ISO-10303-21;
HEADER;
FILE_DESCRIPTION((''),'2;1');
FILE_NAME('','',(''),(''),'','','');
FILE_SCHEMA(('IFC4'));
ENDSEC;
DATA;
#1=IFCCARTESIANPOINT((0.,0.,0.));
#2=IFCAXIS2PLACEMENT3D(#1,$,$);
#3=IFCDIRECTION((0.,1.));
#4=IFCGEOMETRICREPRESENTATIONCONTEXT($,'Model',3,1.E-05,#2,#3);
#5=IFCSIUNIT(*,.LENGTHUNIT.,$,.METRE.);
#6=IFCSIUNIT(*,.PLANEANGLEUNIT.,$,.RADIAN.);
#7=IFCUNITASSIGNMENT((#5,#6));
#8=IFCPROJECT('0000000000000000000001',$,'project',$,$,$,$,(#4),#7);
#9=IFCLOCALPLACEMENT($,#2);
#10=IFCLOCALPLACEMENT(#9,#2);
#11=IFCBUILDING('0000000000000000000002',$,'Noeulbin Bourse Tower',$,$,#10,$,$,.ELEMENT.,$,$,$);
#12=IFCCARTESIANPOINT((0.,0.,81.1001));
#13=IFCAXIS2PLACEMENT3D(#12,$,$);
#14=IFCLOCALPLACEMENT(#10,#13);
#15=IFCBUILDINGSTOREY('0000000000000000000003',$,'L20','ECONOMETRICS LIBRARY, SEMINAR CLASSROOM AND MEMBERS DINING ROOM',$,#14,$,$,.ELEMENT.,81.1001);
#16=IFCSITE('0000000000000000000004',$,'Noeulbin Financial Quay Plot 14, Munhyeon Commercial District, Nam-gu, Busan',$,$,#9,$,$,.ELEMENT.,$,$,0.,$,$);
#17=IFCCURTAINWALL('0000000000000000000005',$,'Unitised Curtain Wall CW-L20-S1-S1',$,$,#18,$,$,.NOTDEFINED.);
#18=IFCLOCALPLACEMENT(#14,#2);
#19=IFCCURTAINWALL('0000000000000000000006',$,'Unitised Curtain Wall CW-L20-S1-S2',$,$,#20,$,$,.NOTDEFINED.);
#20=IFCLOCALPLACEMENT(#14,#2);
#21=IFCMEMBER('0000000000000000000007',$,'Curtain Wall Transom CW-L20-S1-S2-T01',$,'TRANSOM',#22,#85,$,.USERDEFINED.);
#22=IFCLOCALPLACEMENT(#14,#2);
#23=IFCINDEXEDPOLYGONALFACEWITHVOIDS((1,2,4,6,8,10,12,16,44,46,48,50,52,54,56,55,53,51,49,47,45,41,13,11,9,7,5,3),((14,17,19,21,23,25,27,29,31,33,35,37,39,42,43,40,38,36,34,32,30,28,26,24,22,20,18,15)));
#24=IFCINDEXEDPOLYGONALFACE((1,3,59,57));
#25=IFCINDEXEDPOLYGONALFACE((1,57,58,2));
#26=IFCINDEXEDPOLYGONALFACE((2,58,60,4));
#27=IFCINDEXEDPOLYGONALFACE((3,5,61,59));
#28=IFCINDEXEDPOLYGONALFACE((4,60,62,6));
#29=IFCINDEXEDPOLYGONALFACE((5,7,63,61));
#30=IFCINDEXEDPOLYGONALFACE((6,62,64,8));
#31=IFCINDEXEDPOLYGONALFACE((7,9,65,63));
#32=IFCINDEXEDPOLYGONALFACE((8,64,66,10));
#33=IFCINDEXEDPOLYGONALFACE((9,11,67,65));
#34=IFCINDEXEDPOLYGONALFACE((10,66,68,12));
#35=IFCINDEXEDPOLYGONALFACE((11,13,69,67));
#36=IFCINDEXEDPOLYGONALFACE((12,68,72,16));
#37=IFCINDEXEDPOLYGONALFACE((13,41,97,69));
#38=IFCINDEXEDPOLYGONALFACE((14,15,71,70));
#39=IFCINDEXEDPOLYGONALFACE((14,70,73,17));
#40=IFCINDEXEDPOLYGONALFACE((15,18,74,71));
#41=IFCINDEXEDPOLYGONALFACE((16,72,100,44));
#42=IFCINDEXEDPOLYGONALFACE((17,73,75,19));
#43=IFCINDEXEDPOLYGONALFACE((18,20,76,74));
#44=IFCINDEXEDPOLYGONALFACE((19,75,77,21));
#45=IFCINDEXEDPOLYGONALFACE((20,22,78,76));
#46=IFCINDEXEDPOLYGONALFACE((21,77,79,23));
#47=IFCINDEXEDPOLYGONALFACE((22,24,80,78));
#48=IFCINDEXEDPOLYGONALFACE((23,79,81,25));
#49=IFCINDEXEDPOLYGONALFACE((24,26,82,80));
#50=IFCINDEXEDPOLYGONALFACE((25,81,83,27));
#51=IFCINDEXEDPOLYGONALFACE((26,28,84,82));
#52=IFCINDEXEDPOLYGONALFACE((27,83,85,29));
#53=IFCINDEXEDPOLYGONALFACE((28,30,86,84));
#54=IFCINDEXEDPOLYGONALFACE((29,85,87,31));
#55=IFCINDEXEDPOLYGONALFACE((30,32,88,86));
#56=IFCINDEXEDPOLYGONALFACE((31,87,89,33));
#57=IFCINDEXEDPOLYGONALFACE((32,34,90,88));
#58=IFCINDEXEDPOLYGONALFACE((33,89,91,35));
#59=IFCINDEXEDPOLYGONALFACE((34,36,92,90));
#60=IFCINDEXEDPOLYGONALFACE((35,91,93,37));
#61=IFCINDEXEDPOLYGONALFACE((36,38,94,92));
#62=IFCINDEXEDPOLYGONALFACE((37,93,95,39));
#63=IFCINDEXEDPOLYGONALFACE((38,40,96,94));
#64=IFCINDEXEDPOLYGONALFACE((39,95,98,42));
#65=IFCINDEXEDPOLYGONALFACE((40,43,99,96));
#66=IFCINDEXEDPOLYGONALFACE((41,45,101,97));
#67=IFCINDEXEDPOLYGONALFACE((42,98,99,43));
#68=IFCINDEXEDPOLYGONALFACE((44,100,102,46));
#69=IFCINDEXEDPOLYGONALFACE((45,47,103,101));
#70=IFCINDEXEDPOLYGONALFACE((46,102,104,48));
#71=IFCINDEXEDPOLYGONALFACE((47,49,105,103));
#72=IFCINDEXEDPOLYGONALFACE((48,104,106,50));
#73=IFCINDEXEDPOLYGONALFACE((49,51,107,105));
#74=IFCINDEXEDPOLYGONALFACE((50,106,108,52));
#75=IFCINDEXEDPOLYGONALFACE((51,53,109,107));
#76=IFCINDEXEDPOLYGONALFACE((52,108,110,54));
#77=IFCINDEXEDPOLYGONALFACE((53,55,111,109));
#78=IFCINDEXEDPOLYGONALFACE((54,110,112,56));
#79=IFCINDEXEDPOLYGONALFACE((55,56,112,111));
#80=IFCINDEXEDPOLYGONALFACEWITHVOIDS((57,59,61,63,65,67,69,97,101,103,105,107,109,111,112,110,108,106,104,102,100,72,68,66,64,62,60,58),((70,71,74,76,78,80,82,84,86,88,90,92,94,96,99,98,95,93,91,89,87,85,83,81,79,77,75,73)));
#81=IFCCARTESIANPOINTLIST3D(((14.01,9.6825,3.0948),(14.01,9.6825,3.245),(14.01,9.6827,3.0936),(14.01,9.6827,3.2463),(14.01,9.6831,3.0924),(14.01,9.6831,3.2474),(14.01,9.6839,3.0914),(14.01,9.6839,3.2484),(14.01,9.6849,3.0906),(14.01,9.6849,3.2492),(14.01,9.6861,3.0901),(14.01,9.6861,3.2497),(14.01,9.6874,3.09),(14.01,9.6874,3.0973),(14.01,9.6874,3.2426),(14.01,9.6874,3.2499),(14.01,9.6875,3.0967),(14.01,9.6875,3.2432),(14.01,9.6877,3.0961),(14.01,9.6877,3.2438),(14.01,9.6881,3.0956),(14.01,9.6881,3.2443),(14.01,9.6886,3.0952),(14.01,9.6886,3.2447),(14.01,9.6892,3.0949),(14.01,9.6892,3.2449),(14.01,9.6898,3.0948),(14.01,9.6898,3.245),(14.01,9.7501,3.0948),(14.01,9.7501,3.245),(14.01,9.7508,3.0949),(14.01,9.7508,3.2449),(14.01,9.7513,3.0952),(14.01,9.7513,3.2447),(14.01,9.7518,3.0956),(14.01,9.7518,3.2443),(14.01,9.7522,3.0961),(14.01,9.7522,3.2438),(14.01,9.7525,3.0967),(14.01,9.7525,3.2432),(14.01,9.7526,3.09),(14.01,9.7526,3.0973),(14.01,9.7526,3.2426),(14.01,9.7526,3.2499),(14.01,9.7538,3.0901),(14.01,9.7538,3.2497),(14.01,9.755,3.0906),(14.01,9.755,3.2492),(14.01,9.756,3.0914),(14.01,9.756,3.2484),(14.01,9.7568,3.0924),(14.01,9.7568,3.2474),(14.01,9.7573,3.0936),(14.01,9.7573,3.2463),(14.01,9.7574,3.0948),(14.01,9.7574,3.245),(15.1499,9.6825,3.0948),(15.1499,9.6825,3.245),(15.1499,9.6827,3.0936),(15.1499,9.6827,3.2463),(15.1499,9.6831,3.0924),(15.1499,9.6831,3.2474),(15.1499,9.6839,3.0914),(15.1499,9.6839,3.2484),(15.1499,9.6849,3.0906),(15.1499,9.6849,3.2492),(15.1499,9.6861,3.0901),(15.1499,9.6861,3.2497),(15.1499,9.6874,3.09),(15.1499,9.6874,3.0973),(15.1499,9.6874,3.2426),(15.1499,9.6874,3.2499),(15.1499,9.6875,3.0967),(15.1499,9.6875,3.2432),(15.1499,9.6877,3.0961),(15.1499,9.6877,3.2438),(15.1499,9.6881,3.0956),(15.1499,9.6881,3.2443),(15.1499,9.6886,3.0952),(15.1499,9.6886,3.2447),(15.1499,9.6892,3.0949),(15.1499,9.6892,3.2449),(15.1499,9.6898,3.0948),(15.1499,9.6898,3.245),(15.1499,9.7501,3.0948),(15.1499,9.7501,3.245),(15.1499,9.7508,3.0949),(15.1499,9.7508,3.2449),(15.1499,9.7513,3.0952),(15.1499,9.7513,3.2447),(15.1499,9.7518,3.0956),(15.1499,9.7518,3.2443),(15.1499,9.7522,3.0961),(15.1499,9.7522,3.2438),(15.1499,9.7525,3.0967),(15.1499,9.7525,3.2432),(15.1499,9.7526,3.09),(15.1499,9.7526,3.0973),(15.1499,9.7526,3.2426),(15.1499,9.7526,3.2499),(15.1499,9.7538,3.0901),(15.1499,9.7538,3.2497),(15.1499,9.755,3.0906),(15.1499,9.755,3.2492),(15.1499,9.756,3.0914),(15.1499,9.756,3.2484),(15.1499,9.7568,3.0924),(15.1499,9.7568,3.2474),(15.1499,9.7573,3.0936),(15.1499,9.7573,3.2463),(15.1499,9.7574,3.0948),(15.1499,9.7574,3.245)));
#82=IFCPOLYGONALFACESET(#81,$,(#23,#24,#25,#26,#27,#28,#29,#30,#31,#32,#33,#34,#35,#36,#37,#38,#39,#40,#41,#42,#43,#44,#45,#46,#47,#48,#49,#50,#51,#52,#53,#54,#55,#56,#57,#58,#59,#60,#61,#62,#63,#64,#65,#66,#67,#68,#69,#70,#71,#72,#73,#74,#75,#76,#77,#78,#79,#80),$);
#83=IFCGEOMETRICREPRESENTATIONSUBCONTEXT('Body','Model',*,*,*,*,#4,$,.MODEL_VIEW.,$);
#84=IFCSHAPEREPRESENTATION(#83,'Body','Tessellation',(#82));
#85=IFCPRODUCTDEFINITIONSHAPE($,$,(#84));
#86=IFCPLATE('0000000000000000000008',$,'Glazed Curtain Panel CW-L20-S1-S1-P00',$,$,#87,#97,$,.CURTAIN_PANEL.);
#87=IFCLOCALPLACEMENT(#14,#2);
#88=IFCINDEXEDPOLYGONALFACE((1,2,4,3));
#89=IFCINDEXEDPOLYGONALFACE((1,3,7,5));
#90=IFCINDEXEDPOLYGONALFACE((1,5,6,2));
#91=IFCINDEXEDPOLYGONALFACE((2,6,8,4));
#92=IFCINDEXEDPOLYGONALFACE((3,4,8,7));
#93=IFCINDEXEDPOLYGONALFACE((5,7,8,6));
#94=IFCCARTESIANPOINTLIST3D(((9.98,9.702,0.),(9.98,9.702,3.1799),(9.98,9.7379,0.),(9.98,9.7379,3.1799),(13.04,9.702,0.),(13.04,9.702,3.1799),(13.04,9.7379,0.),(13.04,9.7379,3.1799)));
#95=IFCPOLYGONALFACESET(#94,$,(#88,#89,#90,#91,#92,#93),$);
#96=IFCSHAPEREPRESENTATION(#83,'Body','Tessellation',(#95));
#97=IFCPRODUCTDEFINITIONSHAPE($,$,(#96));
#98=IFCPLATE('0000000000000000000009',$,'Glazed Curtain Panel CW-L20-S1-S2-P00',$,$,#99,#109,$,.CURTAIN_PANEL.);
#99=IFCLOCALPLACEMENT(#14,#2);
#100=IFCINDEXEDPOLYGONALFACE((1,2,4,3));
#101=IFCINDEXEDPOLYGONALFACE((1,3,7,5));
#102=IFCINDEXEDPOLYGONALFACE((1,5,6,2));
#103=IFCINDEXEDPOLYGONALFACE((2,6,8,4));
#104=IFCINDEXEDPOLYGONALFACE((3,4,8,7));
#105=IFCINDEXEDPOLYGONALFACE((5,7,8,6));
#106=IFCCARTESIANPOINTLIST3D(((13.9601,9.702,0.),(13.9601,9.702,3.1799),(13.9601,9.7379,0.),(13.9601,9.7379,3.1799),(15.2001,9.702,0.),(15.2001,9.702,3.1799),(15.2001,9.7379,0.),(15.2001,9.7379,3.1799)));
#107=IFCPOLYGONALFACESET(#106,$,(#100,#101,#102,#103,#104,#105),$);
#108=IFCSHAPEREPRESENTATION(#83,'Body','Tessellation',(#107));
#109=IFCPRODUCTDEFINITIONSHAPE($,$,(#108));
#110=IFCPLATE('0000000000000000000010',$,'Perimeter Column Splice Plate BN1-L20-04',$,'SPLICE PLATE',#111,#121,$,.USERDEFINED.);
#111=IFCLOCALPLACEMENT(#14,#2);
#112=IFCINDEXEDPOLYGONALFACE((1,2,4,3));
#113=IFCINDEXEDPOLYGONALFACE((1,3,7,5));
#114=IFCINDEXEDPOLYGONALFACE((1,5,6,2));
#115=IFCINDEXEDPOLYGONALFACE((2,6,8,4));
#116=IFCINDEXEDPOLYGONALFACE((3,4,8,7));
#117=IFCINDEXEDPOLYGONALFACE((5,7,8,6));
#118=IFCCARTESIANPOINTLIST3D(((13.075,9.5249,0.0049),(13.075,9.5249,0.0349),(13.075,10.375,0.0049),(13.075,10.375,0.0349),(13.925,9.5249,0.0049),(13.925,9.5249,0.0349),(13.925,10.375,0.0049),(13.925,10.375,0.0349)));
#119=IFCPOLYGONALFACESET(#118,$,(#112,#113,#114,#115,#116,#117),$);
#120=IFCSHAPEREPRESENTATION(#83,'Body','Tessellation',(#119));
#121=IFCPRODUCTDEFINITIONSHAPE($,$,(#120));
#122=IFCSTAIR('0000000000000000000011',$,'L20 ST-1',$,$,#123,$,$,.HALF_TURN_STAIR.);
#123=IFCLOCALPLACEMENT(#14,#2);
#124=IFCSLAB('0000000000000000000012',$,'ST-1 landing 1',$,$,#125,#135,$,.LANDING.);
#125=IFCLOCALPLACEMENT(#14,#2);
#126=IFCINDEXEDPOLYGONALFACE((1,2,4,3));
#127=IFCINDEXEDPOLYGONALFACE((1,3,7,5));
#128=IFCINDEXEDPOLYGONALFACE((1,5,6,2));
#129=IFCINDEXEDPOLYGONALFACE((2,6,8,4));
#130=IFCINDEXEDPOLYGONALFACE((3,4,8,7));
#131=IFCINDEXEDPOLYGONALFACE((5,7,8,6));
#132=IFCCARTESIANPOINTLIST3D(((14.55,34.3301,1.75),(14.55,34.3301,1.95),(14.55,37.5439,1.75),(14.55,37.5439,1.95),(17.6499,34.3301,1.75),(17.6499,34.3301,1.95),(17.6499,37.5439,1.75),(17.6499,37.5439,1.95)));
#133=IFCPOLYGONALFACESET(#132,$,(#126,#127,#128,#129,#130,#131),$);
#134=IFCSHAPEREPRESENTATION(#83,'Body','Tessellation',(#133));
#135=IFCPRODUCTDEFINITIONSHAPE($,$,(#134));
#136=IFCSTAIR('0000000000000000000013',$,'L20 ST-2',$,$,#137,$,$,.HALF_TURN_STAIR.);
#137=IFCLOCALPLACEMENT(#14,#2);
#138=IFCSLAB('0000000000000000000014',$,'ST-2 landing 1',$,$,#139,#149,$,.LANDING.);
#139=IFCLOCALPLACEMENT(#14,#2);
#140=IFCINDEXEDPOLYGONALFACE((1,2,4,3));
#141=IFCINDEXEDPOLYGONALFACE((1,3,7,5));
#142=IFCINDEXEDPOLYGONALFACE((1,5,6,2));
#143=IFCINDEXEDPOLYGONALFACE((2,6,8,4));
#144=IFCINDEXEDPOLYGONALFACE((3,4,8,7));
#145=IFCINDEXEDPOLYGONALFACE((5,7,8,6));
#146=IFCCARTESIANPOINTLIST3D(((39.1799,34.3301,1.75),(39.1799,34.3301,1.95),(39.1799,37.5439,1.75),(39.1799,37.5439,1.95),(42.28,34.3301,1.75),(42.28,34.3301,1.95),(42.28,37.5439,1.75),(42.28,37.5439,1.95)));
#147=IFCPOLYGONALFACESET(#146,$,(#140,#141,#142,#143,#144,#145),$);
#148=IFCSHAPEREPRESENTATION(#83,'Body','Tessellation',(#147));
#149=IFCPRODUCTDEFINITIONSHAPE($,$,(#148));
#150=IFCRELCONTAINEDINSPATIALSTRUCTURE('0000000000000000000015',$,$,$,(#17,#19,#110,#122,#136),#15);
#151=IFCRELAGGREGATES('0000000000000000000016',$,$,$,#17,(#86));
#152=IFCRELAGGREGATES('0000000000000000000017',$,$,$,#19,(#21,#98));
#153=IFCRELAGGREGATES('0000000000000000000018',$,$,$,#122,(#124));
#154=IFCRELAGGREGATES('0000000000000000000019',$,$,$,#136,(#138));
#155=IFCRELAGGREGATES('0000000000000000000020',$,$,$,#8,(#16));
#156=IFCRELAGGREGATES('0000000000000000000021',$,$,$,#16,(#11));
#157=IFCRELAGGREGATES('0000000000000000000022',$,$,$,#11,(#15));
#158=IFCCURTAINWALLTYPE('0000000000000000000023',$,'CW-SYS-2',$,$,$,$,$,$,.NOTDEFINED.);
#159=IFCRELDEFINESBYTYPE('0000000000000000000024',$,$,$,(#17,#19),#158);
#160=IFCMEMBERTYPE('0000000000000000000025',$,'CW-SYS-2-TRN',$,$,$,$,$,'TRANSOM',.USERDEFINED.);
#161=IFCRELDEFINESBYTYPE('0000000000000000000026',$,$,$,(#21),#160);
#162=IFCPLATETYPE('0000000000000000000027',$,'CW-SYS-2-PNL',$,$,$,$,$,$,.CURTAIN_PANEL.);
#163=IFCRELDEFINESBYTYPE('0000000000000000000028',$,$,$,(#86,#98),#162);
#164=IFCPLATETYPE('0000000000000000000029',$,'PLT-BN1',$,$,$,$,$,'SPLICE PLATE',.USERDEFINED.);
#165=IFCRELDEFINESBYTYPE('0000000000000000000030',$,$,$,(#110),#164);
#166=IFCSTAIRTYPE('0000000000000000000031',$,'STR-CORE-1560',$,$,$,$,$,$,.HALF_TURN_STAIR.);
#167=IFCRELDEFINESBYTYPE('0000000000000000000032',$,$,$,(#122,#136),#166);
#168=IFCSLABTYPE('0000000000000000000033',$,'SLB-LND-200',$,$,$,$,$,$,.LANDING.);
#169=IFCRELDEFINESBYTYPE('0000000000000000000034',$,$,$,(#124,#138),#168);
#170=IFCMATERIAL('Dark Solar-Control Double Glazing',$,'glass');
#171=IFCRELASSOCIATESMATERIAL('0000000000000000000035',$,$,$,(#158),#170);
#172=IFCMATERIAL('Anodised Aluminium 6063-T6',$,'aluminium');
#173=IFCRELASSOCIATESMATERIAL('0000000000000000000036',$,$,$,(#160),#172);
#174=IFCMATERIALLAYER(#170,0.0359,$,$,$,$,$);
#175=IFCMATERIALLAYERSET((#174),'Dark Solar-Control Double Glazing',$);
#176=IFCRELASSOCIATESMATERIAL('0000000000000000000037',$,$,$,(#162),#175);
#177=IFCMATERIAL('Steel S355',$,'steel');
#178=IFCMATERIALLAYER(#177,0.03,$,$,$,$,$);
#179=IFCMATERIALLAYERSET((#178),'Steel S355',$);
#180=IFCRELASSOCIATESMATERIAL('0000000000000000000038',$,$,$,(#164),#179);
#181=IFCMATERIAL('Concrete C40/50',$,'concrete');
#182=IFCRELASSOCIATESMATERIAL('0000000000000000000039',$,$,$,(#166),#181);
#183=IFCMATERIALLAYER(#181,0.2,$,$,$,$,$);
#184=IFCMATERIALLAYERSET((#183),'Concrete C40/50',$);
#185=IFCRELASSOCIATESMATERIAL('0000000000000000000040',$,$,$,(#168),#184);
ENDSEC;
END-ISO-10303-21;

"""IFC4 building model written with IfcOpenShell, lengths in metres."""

from ifc_helpers import new_model, si_unit, direction, frame, origin, origin_2d, place, context, subcontext, project, spatial, polyline, rectangle, hollow_rectangle, outline, extrude, material, layer, layer_set, material_profile, profile_set, type_object, element, aggregate, save


model = new_model("IFC4")

# Units and contexts
model_context = context("Model", 3, precision=1e-05, world=origin(), true_north=direction((0.0, 1.0)))
body_context = subcontext(model_context, "Body", "Model", "MODEL_VIEW")
ifc_project = project(units=[si_unit("LENGTHUNIT", "METRE"), si_unit("PLANEANGLEUNIT", "RADIAN")], contexts=[model_context])

# Site, building, storey
site_placement = place(None, origin())
site = spatial("IfcSite", under=ifc_project, at=site_placement, Name="Noeulbin Financial Quay Plot 14, Munhyeon Commercial District, Nam-gu, Busan", CompositionType="ELEMENT", RefElevation=0.0)
building_placement = place(site_placement, origin())
building = spatial("IfcBuilding", under=site, at=building_placement, Name="Noeulbin Bourse Tower", CompositionType="ELEMENT")
storey_placement = place(building_placement, frame((0.0, 0.0, 81.1001)))
storey = spatial("IfcBuildingStorey", under=building, at=storey_placement, Name="L20", Description="ECONOMETRICS LIBRARY, SEMINAR CLASSROOM AND MEMBERS DINING ROOM", CompositionType="ELEMENT", Elevation=81.1001)

# Shared definitions
ifc_material_1 = material(Name="Steel S355", Category="steel")

# Curtain walls
ifc_material_2 = material(Name="Dark Solar-Control Double Glazing", Category="glass")
curtain_wall_type = type_object("IfcCurtainWallType", Name="CW-SYS-2", PredefinedType="NOTDEFINED", material=ifc_material_2)
curtain_wall_1_placement = place(storey_placement, origin())
curtain_wall_1 = element("IfcCurtainWall", 1, at=curtain_wall_1_placement, inside=storey, type_object=curtain_wall_type, Name="Unitised Curtain Wall CW-L20-S1-S1", PredefinedType="NOTDEFINED")
ifc_material_3 = material(Name="Anodised Aluminium 6063-T6", Category="aluminium")
curtain_wall_2_placement = place(storey_placement, origin())
curtain_wall_2 = element("IfcCurtainWall", 2, at=curtain_wall_2_placement, inside=storey, type_object=curtain_wall_type, Name="Unitised Curtain Wall CW-L20-S1-S2", PredefinedType="NOTDEFINED")

# Member
ifc_material_profile_1 = material_profile(ifc_material_3, hollow_rectangle(XDim=0.075, YDim=0.1599, WallThickness=0.0049, InnerFilletRadius=0.0024, OuterFilletRadius=0.0049, at=origin_2d()), Name="ALU-TRAN-75x160x5", Category="LoadBearing")
ifc_profile_set_1 = profile_set([ifc_material_profile_1], Name="Anodised Aluminium 6063-T6")
member_type_1 = type_object("IfcMemberType", Name="CW-SYS-2-TRN", ElementType="TRANSOM", PredefinedType="USERDEFINED", material=ifc_profile_set_1)
member_1_placement = place(storey_placement, frame((14.01, 9.72, 3.1699), z_axis=(1.0, 0.0, 0.0), x_axis=(0.0, 1.0, 0.0)))
member_1 = element("IfcMember", 3, at=member_1_placement, type_object=member_type_1, Name="Curtain Wall Transom CW-L20-S1-S2-T01", ObjectType="TRANSOM", PredefinedType="USERDEFINED", context=body_context, shape_type="SweptSolid", body=[
    extrude(hollow_rectangle(XDim=0.075, YDim=0.1599, WallThickness=0.0049, InnerFilletRadius=0.0024, OuterFilletRadius=0.0049, at=origin_2d()), origin(), (0.0, 0.0, 1.0), 1.1399),
])

# Plates
ifc_layer_1 = layer(ifc_material_2, 0.0359)
ifc_layer_set_1 = layer_set([ifc_layer_1], Name="Dark Solar-Control Double Glazing")
plate_type_1 = type_object("IfcPlateType", Name="CW-SYS-2-PNL", PredefinedType="CURTAIN_PANEL", material=ifc_layer_set_1)
plate_1_placement = place(storey_placement, frame((11.51, 9.72, 0.0), z_axis=(0.0, 0.0, 1.0), x_axis=(1.0, 0.0, 0.0)))
plate_1 = element("IfcPlate", 4, at=plate_1_placement, type_object=plate_type_1, Name="Glazed Curtain Panel CW-L20-S1-S1-P00", PredefinedType="CURTAIN_PANEL", context=body_context, shape_type="SweptSolid", body=[
    extrude(rectangle(XDim=3.0601, YDim=0.0359, at=origin_2d()), origin(), (0.0, 0.0, 1.0), 3.1799),
])
aggregate(curtain_wall_1, [plate_1])
plate_2_placement = place(storey_placement, frame((14.5801, 9.72, 0.0), z_axis=(0.0, 0.0, 1.0), x_axis=(1.0, 0.0, 0.0)))
plate_2 = element("IfcPlate", 5, at=plate_2_placement, type_object=plate_type_1, Name="Glazed Curtain Panel CW-L20-S1-S2-P00", PredefinedType="CURTAIN_PANEL", context=body_context, shape_type="SweptSolid", body=[
    extrude(rectangle(XDim=1.24, YDim=0.0359, at=origin_2d()), origin(), (0.0, 0.0, 1.0), 3.1799),
])
aggregate(curtain_wall_2, [member_1, plate_2])
ifc_layer_2 = layer(ifc_material_1, 0.03)
ifc_layer_set_2 = layer_set([ifc_layer_2], Name="Steel S355")
plate_type_2 = type_object("IfcPlateType", Name="PLT-BN1", ElementType="SPLICE PLATE", PredefinedType="USERDEFINED", material=ifc_layer_set_2)
plate_3_placement = place(storey_placement, frame((13.5, 9.95, 0.0049), z_axis=(0.0, 0.0, 1.0), x_axis=(1.0, 0.0, 0.0)))
element("IfcPlate", 6, at=plate_3_placement, inside=storey, type_object=plate_type_2, Name="Perimeter Column Splice Plate BN1-L20-04", ObjectType="SPLICE PLATE", PredefinedType="USERDEFINED", context=body_context, shape_type="SweptSolid", body=[
    extrude(rectangle(XDim=0.8501, YDim=0.8501, at=origin_2d()), origin(), (0.0, 0.0, 1.0), 0.03),
])

# Stairs, slabs
ifc_material_4 = material(Name="Concrete C40/50", Category="concrete")
stair_type = type_object("IfcStairType", Name="STR-CORE-1560", PredefinedType="HALF_TURN_STAIR", material=ifc_material_4)
stair_1_placement = place(storey_placement, origin())
stair_1 = element("IfcStair", 7, at=stair_1_placement, inside=storey, type_object=stair_type, Name="L20 ST-1", PredefinedType="HALF_TURN_STAIR")
ifc_layer_3 = layer(ifc_material_4, 0.2)
ifc_layer_set_3 = layer_set([ifc_layer_3], Name="Concrete C40/50")
slab_type_1 = type_object("IfcSlabType", Name="SLB-LND-200", PredefinedType="LANDING", material=ifc_layer_set_3)
slab_1_placement = place(storey_placement, frame((0.0, 0.0, 1.75)))
slab_1 = element("IfcSlab", 8, at=slab_1_placement, type_object=slab_type_1, Name="ST-1 landing 1", PredefinedType="LANDING", context=body_context, shape_type="SweptSolid", body=[
    extrude(outline(polyline([(17.6499, 34.3301), (17.6499, 37.5439), (14.55, 37.5439), (14.55, 34.3301), (17.6499, 34.3301)])), origin(), (0.0, 0.0, 1.0), 0.2),
])
aggregate(stair_1, [slab_1])
stair_2_placement = place(storey_placement, origin())
stair_2 = element("IfcStair", 9, at=stair_2_placement, inside=storey, type_object=stair_type, Name="L20 ST-2", PredefinedType="HALF_TURN_STAIR")
slab_2_placement = place(storey_placement, frame((0.0, 0.0, 1.75)))
slab_2 = element("IfcSlab", 10, at=slab_2_placement, type_object=slab_type_1, Name="ST-2 landing 1", PredefinedType="LANDING", context=body_context, shape_type="SweptSolid", body=[
    extrude(outline(polyline([(42.28, 34.3301), (42.28, 37.5439), (39.1799, 37.5439), (39.1799, 34.3301), (42.28, 34.3301)])), origin(), (0.0, 0.0, 1.0), 0.2),
])
aggregate(stair_2, [slab_2])

save(model, "model.ifc")
